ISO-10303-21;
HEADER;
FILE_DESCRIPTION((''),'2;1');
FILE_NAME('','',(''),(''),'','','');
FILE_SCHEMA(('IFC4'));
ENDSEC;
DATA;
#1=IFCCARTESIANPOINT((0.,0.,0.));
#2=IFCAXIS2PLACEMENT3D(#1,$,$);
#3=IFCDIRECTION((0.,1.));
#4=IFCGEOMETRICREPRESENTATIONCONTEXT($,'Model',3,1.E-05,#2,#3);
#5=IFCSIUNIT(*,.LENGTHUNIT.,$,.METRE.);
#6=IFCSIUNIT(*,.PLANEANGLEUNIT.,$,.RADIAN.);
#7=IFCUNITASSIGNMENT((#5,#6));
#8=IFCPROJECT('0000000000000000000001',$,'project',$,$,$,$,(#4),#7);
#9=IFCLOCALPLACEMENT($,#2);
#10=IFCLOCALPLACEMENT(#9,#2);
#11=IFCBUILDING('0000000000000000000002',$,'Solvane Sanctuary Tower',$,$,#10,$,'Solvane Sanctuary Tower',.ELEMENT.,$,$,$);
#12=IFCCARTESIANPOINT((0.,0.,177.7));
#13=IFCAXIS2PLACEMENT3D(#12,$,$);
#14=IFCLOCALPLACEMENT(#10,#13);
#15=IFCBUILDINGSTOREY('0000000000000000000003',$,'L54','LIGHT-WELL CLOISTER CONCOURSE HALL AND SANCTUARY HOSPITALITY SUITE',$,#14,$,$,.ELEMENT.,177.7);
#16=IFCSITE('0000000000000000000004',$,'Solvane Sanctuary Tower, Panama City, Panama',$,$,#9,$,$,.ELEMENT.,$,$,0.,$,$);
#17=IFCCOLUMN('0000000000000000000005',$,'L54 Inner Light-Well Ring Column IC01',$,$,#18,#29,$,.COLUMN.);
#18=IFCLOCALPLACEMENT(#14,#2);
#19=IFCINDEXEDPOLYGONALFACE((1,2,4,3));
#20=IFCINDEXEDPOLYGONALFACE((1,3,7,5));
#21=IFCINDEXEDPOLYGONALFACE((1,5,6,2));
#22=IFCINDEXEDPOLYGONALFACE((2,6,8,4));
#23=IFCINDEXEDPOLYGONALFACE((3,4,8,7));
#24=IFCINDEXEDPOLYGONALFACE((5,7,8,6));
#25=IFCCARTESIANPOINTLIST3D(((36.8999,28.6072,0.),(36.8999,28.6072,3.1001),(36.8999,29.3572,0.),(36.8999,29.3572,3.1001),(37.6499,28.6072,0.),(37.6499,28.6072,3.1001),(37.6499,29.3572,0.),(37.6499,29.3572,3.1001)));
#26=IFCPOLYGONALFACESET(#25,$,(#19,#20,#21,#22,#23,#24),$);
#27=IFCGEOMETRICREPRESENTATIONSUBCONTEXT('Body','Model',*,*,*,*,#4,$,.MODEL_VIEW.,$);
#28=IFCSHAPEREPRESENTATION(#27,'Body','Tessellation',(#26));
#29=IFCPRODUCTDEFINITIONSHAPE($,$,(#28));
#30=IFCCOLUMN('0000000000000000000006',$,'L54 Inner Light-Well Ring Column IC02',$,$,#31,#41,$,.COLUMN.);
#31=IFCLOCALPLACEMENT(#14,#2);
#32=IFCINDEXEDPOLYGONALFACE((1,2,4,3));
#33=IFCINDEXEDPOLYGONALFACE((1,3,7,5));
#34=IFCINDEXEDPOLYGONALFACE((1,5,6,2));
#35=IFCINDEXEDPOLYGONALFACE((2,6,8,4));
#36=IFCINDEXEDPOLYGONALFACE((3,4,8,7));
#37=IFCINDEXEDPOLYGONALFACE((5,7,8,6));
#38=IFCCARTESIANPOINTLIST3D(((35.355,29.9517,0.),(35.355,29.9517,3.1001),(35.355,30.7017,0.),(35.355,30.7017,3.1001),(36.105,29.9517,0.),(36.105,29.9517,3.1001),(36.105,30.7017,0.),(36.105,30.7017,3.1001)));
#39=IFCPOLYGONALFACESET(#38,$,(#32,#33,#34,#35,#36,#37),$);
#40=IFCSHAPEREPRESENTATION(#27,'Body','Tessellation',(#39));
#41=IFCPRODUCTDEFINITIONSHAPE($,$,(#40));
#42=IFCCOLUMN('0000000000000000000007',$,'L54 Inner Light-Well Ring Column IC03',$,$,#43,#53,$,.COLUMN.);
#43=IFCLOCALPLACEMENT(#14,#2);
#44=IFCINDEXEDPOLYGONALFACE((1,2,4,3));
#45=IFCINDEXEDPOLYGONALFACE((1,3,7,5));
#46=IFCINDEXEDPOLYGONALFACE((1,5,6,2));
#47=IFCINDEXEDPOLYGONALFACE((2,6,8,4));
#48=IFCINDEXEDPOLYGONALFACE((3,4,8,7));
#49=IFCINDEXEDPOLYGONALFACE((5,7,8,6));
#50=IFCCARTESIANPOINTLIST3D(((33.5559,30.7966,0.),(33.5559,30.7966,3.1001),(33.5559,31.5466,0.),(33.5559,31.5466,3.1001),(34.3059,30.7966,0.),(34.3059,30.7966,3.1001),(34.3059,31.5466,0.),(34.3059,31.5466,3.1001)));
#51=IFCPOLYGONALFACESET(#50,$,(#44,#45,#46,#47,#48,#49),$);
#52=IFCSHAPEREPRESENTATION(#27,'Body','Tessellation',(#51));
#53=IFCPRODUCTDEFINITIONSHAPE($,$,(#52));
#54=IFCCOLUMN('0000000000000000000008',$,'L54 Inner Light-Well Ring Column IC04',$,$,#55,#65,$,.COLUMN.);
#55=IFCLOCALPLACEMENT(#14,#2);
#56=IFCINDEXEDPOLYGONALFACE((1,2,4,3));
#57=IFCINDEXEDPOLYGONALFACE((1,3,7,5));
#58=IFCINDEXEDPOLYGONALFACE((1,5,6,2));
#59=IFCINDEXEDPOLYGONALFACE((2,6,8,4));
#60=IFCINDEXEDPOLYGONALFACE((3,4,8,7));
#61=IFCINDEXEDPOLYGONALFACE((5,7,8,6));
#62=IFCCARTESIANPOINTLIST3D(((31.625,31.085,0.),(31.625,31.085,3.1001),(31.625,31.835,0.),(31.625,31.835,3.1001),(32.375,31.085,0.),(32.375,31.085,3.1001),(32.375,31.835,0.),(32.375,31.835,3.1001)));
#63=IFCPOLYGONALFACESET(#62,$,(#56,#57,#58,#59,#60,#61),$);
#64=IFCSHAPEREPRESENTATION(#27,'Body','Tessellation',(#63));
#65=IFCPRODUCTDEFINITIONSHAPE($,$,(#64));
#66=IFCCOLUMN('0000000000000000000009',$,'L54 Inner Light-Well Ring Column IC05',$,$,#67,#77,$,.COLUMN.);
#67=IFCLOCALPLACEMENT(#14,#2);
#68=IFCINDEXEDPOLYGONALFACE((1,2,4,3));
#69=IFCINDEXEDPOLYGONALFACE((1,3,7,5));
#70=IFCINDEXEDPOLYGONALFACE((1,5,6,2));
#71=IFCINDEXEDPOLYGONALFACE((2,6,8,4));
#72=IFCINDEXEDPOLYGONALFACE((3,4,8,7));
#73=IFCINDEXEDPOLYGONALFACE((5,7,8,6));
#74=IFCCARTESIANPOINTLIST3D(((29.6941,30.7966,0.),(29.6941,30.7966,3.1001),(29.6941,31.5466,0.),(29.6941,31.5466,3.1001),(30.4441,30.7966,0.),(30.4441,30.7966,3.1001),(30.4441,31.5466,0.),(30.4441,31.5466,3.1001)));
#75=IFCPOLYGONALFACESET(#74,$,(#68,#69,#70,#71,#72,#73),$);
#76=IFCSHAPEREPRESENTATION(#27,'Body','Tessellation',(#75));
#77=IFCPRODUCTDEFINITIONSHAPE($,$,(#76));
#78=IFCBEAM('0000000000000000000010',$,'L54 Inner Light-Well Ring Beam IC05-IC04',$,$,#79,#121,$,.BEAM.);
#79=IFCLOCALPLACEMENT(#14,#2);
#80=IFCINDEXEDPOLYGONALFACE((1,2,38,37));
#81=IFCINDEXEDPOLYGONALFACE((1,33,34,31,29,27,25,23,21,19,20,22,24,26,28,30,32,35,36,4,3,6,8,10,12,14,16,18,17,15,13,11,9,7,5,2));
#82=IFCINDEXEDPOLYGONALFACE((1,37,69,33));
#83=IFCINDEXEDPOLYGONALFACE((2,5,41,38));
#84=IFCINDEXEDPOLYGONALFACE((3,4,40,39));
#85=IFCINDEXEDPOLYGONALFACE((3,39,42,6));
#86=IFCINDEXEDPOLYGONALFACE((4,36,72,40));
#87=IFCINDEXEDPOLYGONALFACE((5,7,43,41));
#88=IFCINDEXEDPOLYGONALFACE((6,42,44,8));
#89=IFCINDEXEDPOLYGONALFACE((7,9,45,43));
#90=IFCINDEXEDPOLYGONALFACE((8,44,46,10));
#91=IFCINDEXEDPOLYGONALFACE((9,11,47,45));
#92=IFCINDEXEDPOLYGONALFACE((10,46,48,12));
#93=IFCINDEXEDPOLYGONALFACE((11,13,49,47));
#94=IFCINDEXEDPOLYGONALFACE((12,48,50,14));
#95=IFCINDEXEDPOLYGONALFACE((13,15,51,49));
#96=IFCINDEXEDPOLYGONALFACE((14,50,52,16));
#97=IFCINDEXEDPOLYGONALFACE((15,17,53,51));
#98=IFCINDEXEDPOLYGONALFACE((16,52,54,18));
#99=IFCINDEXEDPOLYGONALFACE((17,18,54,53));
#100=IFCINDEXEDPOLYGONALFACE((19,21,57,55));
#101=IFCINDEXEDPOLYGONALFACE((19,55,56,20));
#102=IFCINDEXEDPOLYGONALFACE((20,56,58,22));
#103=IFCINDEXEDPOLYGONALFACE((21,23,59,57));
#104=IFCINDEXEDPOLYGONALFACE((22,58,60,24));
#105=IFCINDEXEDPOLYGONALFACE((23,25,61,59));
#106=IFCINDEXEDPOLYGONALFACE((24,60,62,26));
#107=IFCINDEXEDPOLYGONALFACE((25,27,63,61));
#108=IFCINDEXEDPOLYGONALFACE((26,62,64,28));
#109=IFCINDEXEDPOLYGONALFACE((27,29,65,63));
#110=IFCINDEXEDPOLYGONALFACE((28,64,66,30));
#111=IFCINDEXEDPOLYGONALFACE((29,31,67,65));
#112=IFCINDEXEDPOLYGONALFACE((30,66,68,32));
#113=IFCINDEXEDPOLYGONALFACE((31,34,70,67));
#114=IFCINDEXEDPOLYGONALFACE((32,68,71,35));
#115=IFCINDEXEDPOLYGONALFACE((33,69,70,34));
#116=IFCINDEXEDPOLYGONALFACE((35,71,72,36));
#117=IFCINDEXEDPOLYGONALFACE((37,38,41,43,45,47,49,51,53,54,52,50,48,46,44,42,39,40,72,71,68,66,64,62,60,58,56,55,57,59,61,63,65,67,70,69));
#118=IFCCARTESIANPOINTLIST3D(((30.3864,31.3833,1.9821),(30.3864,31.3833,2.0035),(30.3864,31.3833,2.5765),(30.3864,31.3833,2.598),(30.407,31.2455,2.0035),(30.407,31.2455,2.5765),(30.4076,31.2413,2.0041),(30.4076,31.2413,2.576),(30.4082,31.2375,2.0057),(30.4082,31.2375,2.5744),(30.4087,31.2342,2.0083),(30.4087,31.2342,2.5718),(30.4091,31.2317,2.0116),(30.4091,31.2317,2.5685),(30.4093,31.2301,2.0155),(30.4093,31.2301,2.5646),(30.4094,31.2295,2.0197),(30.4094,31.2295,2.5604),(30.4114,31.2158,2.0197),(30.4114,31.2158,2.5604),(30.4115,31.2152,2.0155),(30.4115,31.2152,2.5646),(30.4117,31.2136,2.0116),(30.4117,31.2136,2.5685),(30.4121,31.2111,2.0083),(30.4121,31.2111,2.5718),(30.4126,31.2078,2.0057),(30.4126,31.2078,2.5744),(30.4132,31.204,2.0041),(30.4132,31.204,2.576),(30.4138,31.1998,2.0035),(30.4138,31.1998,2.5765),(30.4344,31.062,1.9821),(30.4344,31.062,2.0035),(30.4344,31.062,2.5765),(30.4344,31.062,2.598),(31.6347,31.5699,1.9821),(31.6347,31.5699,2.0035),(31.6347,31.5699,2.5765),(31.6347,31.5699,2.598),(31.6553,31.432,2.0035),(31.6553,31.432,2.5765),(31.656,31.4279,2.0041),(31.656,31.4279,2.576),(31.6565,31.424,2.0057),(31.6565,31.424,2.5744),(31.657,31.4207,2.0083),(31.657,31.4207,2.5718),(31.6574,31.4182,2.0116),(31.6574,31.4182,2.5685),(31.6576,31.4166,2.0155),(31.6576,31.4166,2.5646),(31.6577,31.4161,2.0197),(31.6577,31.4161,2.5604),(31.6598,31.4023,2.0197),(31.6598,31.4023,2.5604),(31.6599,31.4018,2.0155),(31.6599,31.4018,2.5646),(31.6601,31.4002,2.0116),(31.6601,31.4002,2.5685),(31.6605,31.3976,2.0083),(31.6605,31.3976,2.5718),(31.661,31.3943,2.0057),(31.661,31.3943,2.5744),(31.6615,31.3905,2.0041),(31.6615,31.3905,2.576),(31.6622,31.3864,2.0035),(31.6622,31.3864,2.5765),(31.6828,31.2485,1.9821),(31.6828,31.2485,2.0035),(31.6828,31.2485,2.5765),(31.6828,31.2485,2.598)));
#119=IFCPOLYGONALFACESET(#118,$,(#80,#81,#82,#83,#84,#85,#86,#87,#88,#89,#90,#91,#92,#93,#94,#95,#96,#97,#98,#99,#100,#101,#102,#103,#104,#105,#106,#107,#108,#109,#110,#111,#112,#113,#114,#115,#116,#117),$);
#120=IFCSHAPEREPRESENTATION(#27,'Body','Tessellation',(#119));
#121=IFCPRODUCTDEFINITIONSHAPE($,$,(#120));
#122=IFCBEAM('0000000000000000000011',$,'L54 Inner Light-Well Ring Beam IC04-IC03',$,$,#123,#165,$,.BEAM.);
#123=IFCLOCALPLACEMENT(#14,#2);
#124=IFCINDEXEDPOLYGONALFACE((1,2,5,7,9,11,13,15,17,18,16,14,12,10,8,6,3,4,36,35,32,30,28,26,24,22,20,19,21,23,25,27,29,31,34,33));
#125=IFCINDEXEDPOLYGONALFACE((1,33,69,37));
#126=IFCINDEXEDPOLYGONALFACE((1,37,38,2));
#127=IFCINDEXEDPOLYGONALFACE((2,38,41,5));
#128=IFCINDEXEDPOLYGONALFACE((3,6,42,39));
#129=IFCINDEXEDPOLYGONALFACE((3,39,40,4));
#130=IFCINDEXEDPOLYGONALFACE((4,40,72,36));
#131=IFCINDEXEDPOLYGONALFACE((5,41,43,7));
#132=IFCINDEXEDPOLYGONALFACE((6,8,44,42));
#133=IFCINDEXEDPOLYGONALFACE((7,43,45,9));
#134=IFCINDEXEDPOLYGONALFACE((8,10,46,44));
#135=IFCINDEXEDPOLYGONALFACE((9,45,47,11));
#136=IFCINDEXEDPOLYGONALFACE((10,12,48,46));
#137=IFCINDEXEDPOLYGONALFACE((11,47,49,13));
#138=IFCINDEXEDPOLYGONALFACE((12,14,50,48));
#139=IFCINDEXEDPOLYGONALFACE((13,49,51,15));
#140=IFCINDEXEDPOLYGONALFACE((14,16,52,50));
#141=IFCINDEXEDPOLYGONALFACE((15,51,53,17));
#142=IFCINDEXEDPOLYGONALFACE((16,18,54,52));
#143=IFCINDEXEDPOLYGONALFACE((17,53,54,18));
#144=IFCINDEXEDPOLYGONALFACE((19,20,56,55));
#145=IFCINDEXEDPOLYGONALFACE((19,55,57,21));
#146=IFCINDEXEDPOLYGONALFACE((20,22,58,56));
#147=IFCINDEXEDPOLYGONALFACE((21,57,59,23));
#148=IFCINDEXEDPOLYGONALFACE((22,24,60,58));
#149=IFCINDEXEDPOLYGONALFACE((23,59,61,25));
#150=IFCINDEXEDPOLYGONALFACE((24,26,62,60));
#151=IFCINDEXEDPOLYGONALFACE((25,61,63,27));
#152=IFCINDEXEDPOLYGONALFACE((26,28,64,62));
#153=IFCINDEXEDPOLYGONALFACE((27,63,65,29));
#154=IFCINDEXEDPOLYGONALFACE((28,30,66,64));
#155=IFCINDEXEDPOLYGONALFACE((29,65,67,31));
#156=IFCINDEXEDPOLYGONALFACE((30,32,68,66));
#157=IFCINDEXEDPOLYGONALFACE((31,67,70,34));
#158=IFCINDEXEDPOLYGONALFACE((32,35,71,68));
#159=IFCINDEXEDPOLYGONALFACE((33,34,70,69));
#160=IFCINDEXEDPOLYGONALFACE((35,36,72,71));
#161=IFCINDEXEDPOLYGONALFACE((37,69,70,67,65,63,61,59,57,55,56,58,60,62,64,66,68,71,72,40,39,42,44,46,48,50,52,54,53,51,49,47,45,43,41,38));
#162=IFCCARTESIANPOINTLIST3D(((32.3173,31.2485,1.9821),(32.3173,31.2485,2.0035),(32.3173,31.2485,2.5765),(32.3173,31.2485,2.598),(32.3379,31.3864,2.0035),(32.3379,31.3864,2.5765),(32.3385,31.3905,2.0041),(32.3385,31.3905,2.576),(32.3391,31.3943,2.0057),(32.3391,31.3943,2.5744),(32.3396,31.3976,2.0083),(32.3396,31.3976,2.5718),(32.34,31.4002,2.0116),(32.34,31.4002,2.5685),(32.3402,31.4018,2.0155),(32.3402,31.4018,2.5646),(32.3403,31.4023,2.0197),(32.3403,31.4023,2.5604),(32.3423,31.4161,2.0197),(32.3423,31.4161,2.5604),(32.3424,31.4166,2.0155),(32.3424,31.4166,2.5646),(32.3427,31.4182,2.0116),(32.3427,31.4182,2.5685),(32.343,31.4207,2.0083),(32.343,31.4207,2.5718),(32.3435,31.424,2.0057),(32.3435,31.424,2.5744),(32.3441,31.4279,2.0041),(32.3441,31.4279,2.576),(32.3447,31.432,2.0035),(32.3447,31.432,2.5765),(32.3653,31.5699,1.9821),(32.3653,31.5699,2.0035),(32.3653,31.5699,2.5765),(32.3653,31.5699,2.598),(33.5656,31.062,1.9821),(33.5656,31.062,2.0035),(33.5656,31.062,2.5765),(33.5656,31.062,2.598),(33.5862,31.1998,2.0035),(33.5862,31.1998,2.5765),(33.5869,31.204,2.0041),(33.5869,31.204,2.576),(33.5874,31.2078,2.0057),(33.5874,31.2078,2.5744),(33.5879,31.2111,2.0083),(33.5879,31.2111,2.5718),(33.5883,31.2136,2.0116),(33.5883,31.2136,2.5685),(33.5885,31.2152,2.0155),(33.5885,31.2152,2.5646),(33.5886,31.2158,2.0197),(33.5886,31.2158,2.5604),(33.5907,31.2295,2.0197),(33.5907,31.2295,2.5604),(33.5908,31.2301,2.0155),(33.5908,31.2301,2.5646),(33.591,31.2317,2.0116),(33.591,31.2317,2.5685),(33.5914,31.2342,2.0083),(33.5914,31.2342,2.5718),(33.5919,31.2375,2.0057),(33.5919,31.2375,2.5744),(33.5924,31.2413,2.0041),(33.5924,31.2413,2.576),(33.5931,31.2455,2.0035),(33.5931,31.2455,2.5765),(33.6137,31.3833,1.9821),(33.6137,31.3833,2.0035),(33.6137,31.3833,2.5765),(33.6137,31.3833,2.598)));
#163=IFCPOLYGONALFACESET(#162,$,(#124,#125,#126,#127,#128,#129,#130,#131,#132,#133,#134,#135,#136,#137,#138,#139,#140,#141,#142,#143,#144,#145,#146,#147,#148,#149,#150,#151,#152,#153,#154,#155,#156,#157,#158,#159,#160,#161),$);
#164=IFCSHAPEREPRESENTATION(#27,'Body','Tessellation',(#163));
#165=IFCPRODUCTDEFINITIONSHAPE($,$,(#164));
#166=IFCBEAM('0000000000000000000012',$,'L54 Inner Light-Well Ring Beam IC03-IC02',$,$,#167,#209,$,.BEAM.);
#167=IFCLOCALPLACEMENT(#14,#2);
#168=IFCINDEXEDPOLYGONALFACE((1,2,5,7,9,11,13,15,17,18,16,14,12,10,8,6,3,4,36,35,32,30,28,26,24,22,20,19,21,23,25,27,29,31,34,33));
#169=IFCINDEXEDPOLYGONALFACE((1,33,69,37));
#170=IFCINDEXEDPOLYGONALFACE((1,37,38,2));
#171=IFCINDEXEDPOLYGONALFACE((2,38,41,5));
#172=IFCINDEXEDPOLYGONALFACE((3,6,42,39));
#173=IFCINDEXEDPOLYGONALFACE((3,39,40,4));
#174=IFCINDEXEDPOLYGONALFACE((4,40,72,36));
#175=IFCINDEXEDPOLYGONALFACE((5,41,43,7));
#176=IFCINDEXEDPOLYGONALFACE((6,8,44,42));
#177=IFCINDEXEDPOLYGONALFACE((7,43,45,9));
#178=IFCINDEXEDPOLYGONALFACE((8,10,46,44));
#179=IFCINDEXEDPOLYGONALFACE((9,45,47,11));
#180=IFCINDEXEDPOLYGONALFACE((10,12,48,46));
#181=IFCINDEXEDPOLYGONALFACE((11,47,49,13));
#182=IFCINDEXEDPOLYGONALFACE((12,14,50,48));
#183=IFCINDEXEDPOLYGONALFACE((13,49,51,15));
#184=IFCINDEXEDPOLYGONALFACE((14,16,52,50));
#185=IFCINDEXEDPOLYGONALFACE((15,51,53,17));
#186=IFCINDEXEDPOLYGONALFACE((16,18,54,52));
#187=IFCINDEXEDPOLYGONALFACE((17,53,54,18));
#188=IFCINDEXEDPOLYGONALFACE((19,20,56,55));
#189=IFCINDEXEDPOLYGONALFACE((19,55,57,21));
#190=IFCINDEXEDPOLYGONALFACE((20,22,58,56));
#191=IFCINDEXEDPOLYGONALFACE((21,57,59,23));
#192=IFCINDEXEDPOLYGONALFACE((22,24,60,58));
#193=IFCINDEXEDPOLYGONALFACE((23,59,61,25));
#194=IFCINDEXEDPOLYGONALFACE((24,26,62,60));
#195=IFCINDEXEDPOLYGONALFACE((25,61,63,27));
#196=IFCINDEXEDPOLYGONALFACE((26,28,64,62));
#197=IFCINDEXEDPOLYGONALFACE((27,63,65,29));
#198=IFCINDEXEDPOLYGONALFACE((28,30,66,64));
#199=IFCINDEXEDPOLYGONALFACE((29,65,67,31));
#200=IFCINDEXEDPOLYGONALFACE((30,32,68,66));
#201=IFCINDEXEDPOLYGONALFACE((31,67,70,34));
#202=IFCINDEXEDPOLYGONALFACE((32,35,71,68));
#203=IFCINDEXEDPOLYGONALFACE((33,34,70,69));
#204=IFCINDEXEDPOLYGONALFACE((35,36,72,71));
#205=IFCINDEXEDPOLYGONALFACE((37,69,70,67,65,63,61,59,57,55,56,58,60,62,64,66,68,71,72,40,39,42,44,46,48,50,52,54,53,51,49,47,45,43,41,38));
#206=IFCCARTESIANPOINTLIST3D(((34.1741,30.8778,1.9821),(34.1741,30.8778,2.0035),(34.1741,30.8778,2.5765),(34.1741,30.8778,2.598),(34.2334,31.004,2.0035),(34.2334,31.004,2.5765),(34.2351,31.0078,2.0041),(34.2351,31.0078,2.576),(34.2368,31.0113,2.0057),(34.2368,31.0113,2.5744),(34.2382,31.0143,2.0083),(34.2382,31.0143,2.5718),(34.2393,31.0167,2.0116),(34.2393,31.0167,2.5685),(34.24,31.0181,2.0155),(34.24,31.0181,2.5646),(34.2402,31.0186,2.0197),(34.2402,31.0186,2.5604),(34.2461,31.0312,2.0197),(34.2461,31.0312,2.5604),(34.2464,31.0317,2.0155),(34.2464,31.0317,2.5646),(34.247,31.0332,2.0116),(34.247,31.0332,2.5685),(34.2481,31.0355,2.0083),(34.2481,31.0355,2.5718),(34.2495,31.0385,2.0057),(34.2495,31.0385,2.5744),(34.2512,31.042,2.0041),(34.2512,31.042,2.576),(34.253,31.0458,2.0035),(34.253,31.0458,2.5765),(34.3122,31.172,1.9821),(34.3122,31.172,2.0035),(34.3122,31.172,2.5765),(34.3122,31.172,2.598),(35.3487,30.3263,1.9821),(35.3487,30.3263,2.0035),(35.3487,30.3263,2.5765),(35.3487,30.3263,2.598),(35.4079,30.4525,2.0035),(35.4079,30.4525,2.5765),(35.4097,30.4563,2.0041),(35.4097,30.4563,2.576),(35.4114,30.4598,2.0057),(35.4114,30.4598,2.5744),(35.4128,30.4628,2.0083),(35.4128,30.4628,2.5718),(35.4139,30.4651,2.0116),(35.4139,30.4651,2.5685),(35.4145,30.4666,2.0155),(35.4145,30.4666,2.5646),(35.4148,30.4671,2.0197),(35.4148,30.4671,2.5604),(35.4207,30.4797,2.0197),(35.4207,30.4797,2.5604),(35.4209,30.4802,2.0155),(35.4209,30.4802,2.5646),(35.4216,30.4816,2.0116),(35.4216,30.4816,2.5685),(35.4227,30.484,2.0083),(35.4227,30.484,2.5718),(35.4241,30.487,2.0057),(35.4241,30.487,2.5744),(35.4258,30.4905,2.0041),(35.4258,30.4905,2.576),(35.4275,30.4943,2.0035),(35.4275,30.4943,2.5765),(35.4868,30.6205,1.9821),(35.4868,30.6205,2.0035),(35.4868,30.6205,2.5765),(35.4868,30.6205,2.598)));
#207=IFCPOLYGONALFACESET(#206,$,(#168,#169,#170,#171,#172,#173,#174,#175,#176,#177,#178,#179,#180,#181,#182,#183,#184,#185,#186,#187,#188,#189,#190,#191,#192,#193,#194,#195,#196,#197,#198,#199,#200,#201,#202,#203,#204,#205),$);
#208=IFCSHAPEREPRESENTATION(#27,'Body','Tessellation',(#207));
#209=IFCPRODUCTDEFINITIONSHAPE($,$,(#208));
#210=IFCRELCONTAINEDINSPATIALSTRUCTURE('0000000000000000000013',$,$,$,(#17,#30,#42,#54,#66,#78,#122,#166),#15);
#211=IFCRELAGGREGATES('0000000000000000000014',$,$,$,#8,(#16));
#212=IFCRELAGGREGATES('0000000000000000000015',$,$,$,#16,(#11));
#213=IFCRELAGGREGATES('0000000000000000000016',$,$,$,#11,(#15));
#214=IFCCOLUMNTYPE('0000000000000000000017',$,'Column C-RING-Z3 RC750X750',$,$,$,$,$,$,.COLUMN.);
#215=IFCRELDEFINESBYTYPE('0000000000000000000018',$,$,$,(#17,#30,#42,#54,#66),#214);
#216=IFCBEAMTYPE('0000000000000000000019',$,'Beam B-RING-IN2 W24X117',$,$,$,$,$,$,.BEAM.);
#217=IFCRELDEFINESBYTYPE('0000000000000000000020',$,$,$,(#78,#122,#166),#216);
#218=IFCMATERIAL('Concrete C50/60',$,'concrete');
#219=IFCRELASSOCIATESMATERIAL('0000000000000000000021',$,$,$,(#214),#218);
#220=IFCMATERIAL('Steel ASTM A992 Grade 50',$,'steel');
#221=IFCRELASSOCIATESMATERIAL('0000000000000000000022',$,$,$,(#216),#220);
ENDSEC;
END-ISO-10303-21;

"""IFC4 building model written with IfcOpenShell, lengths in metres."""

from ifc_helpers import new_model, si_unit, direction, frame, origin, origin_2d, place, context, subcontext, project, spatial, rectangle, i_section, extrude, material, material_profile, profile_set, type_object, element, save


model = new_model("IFC4")

# Units and contexts
model_context = context("Model", 3, precision=1e-05, world=origin(), true_north=direction((0.0, 1.0)))
body_context = subcontext(model_context, "Body", "Model", "MODEL_VIEW")
ifc_project = project(units=[si_unit("LENGTHUNIT", "METRE"), si_unit("PLANEANGLEUNIT", "RADIAN")], contexts=[model_context])

# Site, building, storey
site_placement = place(None, origin())
site = spatial("IfcSite", under=ifc_project, at=site_placement, Name="Solvane Sanctuary Tower, Panama City, Panama", CompositionType="ELEMENT", RefElevation=0.0)
building_placement = place(site_placement, origin())
building = spatial("IfcBuilding", under=site, at=building_placement, Name="Solvane Sanctuary Tower", LongName="Solvane Sanctuary Tower", CompositionType="ELEMENT")
storey_placement = place(building_placement, frame((0.0, 0.0, 177.7)))
storey = spatial("IfcBuildingStorey", under=building, at=storey_placement, Name="L54", Description="LIGHT-WELL CLOISTER CONCOURSE HALL AND SANCTUARY HOSPITALITY SUITE", CompositionType="ELEMENT", Elevation=177.7)

# Columns
ifc_material_1 = material(Name="Concrete C50/60", Category="concrete")
ifc_material_profile_1 = material_profile(ifc_material_1, rectangle(XDim=0.75, YDim=0.75, at=origin_2d()), Name="RC750X750")
ifc_profile_set_1 = profile_set([ifc_material_profile_1], Name="Concrete C50/60")
column_type = type_object("IfcColumnType", Name="Column C-RING-Z3 RC750X750", PredefinedType="COLUMN", material=ifc_profile_set_1)
for number, where, z_axis, x_axis, name in (
    (1, (37.2749, 28.9822, 0.0), (0.0, 0.0, 1.0), (1.0, 0.0, 0.0), "L54 Inner Light-Well Ring Column IC01"),
    (2, (35.73, 30.3267, 0.0), (0.0, 0.0, 1.0), (1.0, 0.0, 0.0), "L54 Inner Light-Well Ring Column IC02"),
    (3, (33.9309, 31.1716, 0.0), (0.0, 0.0, 1.0), (1.0, 0.0, 0.0), "L54 Inner Light-Well Ring Column IC03"),
    (4, (32.0, 31.46, 0.0), (0.0, 0.0, 1.0), (1.0, 0.0, 0.0), "L54 Inner Light-Well Ring Column IC04"),
    (5, (30.0691, 31.1716, 0.0), (0.0, 0.0, 1.0), (1.0, 0.0, 0.0), "L54 Inner Light-Well Ring Column IC05"),
):
    element("IfcColumn", number, at=place(storey_placement, frame(where, z_axis=z_axis, x_axis=x_axis)), inside=storey, type_object=column_type, Name=name, PredefinedType="COLUMN", context=body_context, shape_type="SweptSolid", body=[
        extrude(rectangle(XDim=0.75, YDim=0.75, at=origin_2d()), origin(), (0.0, 0.0, 1.0), 3.1001),
    ])

# Beams
ifc_material_2 = material(Name="Steel ASTM A992 Grade 50", Category="steel")
ifc_material_profile_2 = material_profile(ifc_material_2, i_section(OverallWidth=0.325, OverallDepth=0.616, WebThickness=0.0139, FlangeThickness=0.0215, FilletRadius=0.0161, at=origin_2d()), Name="W24X117")
ifc_profile_set_2 = profile_set([ifc_material_profile_2], Name="Steel ASTM A992 Grade 50")
beam_type_1 = type_object("IfcBeamType", Name="Beam B-RING-IN2 W24X117", PredefinedType="BEAM", material=ifc_profile_set_2)
for number, where, z_axis, x_axis, name in (
    (6, (30.4104, 31.2227, 2.29), (0.98902, 0.147782, 0.0), (-0.147782, 0.98902, 0.0), "L54 Inner Light-Well Ring Beam IC05-IC04"),
    (7, (32.3413, 31.4092, 2.29), (0.98902, -0.147782, 0.0), (0.147782, 0.98902, 0.0), "L54 Inner Light-Well Ring Beam IC04-IC03"),
):
    element("IfcBeam", number, at=place(storey_placement, frame(where, z_axis=z_axis, x_axis=x_axis)), inside=storey, type_object=beam_type_1, Name=name, PredefinedType="BEAM", context=body_context, shape_type="SweptSolid", body=[
        extrude(i_section(OverallWidth=0.325, OverallDepth=0.616, WebThickness=0.0139, FlangeThickness=0.0215, FilletRadius=0.0161, at=origin_2d()), origin(), (0.0, 0.0, 1.0), 1.2622),
    ])
beam_1_placement = place(storey_placement, frame((34.2432, 31.0249, 2.29), z_axis=(0.905181, -0.425027, 0.0), x_axis=(0.425027, 0.905181, 0.0)))
element("IfcBeam", 8, at=beam_1_placement, inside=storey, type_object=beam_type_1, Name="L54 Inner Light-Well Ring Beam IC03-IC02", PredefinedType="BEAM", context=body_context, shape_type="SweptSolid", body=[
    extrude(i_section(OverallWidth=0.325, OverallDepth=0.616, WebThickness=0.0139, FlangeThickness=0.0215, FilletRadius=0.0161, at=origin_2d()), origin(), (0.0, 0.0, 1.0), 1.2976),
])

save(model, "model.ifc")
